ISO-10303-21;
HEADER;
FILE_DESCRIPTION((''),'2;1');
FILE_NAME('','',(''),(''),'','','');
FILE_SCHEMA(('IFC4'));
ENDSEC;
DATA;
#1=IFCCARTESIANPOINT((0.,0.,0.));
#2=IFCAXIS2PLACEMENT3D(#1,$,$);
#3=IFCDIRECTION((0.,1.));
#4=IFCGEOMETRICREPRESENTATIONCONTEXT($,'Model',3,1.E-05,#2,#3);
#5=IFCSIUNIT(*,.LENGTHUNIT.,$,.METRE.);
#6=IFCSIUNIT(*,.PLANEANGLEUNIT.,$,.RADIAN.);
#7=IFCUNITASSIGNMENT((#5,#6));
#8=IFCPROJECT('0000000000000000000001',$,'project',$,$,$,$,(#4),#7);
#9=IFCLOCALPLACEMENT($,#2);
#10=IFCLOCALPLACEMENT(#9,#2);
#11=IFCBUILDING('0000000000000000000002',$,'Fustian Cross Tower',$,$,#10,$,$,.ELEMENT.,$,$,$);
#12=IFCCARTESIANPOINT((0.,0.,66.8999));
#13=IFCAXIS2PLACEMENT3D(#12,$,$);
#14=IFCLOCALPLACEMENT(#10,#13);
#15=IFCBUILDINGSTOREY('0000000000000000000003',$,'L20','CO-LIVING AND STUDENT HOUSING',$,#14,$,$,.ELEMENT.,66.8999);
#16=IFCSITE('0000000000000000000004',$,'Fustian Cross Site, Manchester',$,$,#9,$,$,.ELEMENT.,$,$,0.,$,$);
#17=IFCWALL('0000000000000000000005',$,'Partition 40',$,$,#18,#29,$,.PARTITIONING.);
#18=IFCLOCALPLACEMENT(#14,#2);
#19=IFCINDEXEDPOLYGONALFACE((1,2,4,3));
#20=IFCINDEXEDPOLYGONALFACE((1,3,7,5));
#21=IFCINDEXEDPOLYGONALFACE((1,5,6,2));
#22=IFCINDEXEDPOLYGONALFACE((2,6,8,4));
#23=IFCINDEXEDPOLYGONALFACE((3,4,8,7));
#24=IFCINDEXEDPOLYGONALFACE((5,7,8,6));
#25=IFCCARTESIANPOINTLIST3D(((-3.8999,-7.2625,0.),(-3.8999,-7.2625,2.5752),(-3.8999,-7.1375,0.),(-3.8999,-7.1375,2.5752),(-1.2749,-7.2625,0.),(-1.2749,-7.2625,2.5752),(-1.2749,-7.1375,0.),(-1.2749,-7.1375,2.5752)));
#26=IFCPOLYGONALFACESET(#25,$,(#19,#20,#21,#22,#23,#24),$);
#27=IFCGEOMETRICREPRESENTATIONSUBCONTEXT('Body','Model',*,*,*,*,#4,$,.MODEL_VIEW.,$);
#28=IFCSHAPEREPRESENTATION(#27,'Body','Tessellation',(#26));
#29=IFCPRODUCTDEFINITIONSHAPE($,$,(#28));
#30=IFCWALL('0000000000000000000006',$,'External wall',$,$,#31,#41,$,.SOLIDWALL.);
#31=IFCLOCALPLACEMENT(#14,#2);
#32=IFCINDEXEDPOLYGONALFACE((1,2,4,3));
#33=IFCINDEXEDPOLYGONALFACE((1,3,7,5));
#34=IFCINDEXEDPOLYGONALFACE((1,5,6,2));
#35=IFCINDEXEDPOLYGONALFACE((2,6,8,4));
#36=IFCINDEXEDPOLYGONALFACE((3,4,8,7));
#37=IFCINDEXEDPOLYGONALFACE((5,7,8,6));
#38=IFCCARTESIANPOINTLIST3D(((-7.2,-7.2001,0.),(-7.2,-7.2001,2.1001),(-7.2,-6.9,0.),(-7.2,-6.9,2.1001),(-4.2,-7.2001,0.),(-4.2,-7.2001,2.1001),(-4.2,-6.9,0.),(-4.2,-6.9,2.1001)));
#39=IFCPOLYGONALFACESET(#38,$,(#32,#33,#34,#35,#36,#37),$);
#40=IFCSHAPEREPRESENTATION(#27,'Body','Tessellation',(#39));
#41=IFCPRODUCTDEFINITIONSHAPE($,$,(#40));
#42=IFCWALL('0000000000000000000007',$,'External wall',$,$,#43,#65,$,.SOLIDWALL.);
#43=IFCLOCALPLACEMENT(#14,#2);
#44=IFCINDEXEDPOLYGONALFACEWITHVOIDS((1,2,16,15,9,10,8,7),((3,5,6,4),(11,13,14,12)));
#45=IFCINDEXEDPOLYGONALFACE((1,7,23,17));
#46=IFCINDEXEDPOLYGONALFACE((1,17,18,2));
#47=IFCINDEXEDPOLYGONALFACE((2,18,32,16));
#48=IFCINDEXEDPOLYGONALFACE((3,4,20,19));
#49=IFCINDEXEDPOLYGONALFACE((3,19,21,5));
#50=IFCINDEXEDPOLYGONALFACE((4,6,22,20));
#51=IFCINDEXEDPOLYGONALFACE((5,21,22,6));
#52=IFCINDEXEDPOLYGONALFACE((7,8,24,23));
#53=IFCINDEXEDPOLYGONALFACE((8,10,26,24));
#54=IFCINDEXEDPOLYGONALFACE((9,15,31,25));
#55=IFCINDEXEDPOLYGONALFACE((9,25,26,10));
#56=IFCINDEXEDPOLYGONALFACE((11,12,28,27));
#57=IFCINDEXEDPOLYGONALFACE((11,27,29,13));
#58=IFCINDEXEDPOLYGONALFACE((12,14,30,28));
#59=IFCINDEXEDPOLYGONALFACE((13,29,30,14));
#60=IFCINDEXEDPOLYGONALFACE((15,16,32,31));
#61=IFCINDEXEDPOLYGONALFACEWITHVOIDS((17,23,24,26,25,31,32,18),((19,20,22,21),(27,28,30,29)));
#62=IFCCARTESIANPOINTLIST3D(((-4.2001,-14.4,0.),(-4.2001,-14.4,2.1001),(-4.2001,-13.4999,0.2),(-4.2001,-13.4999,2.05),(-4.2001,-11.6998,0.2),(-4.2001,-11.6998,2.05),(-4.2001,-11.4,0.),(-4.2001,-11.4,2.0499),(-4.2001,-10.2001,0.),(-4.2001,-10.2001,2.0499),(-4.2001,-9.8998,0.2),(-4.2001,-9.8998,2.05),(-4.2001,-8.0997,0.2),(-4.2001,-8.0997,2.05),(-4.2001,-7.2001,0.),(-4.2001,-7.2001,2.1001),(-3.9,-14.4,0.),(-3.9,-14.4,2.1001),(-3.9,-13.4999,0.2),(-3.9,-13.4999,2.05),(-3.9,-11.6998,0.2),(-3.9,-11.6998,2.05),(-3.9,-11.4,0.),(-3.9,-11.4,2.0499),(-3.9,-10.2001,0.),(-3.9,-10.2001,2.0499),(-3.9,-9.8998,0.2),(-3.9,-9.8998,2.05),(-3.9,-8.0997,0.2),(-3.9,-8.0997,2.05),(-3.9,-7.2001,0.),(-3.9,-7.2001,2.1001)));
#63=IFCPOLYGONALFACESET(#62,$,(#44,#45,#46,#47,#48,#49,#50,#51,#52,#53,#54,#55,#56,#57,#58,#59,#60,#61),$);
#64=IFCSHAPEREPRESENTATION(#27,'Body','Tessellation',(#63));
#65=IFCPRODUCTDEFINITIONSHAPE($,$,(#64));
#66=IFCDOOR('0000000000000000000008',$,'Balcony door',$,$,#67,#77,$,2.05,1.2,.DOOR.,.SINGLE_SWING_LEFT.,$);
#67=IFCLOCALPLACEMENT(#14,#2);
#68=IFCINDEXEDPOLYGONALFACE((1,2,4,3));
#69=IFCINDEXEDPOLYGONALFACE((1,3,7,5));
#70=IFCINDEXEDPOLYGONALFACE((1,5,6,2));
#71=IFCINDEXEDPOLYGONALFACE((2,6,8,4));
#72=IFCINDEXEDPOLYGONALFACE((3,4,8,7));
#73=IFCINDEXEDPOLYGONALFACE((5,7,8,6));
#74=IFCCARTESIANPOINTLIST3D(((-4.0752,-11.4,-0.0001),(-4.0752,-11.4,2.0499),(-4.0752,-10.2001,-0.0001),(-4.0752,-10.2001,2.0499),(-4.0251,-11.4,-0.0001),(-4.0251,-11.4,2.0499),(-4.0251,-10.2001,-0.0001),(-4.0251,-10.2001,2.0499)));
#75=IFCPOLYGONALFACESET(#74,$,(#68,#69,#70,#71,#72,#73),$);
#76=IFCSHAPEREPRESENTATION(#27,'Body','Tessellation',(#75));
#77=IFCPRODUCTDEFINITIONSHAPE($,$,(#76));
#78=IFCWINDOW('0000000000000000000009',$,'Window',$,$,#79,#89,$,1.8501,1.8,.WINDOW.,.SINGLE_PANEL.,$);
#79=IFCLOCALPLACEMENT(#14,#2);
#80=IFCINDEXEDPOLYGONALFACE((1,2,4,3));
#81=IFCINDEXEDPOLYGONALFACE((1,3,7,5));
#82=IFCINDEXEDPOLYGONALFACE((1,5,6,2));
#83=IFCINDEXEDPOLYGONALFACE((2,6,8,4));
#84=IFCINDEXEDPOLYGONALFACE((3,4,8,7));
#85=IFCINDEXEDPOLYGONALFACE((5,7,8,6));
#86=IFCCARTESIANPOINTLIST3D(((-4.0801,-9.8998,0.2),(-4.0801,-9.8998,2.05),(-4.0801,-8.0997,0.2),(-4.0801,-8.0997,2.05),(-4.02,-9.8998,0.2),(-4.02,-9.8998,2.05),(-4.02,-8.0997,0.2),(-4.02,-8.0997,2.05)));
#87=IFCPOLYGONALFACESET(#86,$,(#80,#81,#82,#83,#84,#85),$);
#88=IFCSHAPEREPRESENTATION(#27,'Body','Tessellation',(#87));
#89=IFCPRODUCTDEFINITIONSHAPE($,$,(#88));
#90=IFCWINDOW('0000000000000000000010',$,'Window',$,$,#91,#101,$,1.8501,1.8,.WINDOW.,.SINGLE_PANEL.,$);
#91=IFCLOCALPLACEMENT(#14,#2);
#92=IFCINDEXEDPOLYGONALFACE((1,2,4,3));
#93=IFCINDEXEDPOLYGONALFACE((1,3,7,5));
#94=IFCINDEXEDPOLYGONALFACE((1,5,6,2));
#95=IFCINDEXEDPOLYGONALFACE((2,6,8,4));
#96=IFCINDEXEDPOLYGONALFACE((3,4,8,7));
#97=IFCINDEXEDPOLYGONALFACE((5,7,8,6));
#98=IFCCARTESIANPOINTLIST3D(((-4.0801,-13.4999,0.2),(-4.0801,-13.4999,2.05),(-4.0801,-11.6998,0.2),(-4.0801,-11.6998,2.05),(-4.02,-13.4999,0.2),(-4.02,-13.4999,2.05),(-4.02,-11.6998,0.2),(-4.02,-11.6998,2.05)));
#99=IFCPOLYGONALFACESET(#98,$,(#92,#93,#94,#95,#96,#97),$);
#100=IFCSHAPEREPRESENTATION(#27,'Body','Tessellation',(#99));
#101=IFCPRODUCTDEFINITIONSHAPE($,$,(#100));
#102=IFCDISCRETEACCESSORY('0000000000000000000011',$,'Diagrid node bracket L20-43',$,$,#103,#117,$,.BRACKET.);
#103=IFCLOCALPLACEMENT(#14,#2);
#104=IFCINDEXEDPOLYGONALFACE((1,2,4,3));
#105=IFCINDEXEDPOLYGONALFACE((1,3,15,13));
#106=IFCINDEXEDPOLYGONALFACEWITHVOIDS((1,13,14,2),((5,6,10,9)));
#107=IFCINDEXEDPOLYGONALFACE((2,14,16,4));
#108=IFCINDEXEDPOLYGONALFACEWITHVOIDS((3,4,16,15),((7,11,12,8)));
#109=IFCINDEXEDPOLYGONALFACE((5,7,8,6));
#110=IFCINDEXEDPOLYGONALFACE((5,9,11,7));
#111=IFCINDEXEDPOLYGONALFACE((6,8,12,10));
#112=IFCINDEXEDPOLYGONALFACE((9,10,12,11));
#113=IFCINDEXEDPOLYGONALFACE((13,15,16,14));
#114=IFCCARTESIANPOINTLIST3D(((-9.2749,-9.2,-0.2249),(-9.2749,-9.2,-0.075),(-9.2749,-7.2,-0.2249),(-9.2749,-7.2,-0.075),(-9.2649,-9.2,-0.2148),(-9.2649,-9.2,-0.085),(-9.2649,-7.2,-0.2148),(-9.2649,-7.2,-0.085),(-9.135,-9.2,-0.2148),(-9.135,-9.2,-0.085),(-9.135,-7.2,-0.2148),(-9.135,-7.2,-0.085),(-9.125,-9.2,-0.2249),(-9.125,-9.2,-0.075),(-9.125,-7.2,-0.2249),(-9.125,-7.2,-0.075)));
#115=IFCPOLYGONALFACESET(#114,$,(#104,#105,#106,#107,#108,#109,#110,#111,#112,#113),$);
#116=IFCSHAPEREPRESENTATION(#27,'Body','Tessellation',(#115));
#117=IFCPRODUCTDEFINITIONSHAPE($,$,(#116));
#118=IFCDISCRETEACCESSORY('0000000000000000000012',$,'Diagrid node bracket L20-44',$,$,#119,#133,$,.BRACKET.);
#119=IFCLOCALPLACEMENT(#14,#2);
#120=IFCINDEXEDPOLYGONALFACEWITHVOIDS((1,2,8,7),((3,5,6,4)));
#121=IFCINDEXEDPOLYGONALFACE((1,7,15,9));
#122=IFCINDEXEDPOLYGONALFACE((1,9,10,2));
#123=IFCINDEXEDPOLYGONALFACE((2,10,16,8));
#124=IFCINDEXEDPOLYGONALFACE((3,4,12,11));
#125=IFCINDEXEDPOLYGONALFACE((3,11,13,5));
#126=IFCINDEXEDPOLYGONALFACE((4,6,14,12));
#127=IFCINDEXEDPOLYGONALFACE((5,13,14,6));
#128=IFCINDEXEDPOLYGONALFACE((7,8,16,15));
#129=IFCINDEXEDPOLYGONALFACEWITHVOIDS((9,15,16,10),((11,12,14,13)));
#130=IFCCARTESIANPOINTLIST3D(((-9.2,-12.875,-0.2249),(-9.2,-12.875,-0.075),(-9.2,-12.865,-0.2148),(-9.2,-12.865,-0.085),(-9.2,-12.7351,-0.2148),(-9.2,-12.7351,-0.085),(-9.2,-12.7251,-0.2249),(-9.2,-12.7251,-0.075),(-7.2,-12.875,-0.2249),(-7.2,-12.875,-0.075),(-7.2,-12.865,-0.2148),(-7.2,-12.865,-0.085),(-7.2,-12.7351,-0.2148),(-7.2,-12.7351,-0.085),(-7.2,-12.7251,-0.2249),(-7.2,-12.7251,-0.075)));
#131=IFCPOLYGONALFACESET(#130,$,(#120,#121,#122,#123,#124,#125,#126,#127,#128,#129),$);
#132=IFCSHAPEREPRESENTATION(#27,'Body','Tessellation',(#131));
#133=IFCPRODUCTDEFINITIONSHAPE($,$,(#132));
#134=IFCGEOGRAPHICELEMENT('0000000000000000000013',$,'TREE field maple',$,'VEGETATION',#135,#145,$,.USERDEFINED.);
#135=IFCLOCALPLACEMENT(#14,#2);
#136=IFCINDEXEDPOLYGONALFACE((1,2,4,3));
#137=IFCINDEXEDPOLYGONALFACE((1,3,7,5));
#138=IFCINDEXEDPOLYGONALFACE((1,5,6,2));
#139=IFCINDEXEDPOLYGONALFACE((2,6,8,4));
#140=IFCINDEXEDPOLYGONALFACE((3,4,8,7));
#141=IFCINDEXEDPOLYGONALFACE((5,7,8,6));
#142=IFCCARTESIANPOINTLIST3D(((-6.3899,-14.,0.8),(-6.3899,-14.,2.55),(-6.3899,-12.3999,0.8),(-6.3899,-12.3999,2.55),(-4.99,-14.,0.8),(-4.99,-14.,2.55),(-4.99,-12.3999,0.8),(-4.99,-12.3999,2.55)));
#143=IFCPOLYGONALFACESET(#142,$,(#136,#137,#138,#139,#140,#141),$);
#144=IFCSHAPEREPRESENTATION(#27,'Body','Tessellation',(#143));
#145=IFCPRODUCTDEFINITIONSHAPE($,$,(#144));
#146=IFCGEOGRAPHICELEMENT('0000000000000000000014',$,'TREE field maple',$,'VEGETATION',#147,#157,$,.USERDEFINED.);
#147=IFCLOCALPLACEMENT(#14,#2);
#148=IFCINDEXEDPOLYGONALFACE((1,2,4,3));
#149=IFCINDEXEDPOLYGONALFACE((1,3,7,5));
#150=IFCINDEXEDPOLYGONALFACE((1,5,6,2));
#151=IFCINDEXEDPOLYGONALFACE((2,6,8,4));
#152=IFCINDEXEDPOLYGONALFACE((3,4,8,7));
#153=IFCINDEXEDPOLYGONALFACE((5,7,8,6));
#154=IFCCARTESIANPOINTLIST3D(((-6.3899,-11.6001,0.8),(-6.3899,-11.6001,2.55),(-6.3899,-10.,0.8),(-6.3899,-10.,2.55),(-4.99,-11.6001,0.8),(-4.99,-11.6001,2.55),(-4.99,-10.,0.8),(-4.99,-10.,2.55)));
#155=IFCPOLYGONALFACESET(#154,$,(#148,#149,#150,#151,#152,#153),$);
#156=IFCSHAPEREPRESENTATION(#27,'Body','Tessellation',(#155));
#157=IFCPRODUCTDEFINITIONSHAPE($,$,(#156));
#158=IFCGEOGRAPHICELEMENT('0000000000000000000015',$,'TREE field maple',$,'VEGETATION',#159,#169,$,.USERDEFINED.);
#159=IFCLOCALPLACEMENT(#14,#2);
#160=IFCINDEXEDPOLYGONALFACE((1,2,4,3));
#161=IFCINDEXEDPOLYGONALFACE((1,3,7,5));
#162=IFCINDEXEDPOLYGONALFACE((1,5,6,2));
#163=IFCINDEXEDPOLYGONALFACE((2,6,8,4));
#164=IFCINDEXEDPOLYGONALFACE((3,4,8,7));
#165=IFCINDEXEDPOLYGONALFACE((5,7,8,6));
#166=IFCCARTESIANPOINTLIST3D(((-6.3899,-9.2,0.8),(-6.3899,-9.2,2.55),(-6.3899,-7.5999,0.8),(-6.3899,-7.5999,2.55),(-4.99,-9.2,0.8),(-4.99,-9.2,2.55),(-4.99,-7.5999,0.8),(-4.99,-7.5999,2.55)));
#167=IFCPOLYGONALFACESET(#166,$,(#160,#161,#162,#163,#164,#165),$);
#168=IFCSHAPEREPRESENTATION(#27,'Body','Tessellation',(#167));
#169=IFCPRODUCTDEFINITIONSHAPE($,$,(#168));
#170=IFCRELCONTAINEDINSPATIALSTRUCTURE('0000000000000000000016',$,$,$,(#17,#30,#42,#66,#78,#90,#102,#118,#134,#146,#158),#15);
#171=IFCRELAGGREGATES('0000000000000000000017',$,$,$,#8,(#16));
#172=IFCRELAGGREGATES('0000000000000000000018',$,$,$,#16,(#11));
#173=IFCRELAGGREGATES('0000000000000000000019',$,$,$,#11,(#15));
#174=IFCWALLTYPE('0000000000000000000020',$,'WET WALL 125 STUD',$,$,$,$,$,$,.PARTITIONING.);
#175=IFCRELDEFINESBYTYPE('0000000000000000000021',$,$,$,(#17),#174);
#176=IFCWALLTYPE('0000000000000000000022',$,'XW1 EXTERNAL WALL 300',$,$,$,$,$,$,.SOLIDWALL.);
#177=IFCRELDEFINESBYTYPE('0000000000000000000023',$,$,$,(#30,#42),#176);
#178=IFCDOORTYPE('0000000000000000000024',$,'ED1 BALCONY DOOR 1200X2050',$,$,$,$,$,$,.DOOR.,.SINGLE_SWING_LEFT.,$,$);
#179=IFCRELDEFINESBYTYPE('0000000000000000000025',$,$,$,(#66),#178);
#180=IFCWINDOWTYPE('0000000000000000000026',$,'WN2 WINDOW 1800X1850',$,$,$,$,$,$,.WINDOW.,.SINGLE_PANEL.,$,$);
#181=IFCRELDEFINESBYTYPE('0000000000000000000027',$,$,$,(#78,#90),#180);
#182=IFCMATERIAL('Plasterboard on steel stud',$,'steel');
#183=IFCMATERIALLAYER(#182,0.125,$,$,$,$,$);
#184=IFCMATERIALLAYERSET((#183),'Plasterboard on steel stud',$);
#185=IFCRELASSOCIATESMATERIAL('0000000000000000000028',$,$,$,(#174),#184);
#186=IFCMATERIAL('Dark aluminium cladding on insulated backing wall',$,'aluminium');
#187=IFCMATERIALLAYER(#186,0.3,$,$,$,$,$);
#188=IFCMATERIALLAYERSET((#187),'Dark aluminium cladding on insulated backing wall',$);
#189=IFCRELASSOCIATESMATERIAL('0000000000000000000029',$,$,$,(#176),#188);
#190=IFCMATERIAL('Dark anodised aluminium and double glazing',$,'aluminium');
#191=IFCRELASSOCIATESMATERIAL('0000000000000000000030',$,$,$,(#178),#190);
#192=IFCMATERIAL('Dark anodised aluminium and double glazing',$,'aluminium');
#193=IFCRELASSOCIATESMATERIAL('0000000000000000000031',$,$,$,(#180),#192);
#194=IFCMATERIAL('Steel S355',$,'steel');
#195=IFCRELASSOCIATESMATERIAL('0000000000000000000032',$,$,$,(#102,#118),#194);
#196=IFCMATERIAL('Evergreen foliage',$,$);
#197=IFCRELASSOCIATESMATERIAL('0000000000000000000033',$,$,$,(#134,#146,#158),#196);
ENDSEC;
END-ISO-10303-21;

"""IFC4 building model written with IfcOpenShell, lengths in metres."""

from ifc_helpers import new_model, si_unit, direction, frame, frame_2d, origin, origin_2d, place, context, subcontext, project, spatial, rectangle, hollow_rectangle, extrude, material, layer, layer_set, type_object, element, fill, save


model = new_model("IFC4")

# Units and contexts
model_context = context("Model", 3, precision=1e-05, world=origin(), true_north=direction((0.0, 1.0)))
body_context = subcontext(model_context, "Body", "Model", "MODEL_VIEW")
ifc_project = project(units=[si_unit("LENGTHUNIT", "METRE"), si_unit("PLANEANGLEUNIT", "RADIAN")], contexts=[model_context])

# Site, building, storey
site_placement = place(None, origin())
site = spatial("IfcSite", under=ifc_project, at=site_placement, Name="Fustian Cross Site, Manchester", CompositionType="ELEMENT", RefElevation=0.0)
building_placement = place(site_placement, origin())
building = spatial("IfcBuilding", under=site, at=building_placement, Name="Fustian Cross Tower", CompositionType="ELEMENT")
storey_placement = place(building_placement, frame((0.0, 0.0, 66.8999)))
storey = spatial("IfcBuildingStorey", under=building, at=storey_placement, Name="L20", Description="CO-LIVING AND STUDENT HOUSING", CompositionType="ELEMENT", Elevation=66.8999)

# Walls
ifc_material_1 = material(Name="Plasterboard on steel stud", Category="steel")
ifc_layer_1 = layer(ifc_material_1, 0.125)
ifc_layer_set_1 = layer_set([ifc_layer_1], Name="Plasterboard on steel stud")
wall_type_1 = type_object("IfcWallType", Name="WET WALL 125 STUD", PredefinedType="PARTITIONING", material=ifc_layer_set_1)
wall_1_placement = place(storey_placement, frame((-3.8999, -7.2, 0.0), z_axis=(0.0, 0.0, 1.0), x_axis=(1.0, 0.0, 0.0)))
element("IfcWall", 1, at=wall_1_placement, inside=storey, type_object=wall_type_1, Name="Partition 40", PredefinedType="PARTITIONING", context=body_context, shape_type="SweptSolid", body=[
    extrude(rectangle(XDim=2.625, YDim=0.125, at=frame_2d((1.3125, 0.0))), origin(), (0.0, 0.0, 1.0), 2.5752),
])
ifc_material_2 = material(Name="Dark aluminium cladding on insulated backing wall", Category="aluminium")
ifc_layer_2 = layer(ifc_material_2, 0.3)
ifc_layer_set_2 = layer_set([ifc_layer_2], Name="Dark aluminium cladding on insulated backing wall")
wall_type_2 = type_object("IfcWallType", Name="XW1 EXTERNAL WALL 300", PredefinedType="SOLIDWALL", material=ifc_layer_set_2)
wall_2_placement = place(storey_placement, frame((-7.2, -7.05, 0.0), z_axis=(0.0, 0.0, 1.0), x_axis=(1.0, 0.0, 0.0)))
element("IfcWall", 2, at=wall_2_placement, inside=storey, type_object=wall_type_2, Name="External wall", PredefinedType="SOLIDWALL", context=body_context, shape_type="SweptSolid", body=[
    extrude(rectangle(XDim=3.0, YDim=0.3, at=frame_2d((1.5, 0.0))), origin(), (0.0, 0.0, 1.0), 2.1001),
])

# Wall, openings, door, windows
wall_3_placement = place(storey_placement, frame((-4.05, -7.2, 0.0), z_axis=(0.0, 0.0, 1.0), x_axis=(0.0, -1.0, 0.0)))
wall_3 = element("IfcWall", 3, at=wall_3_placement, inside=storey, type_object=wall_type_2, Name="External wall", PredefinedType="SOLIDWALL", context=body_context, shape_type="SweptSolid", body=[
    extrude(rectangle(XDim=7.2, YDim=0.3, at=frame_2d((3.6001, 0.0))), origin(), (0.0, 0.0, 1.0), 2.1001),
])
opening_1_placement = place(wall_3_placement, frame((3.0, 0.0, 0.0)))
opening_1 = element("IfcOpeningElement", 4, at=opening_1_placement, cuts=wall_3, PredefinedType="OPENING", context=body_context, shape_type="SweptSolid", body=[
    extrude(rectangle(XDim=1.2, YDim=2.05, at=frame_2d((0.6001, 1.0249))), frame((0.0, 0.1599, 0.0), z_axis=(0.0, -1.0, 0.0), x_axis=(1.0, 0.0, 0.0)), (0.0, 0.0, 1.0), 0.3201),
])
opening_2_placement = place(wall_3_placement, frame((0.8999, 0.0, 0.2)))
opening_2 = element("IfcOpeningElement", 5, at=opening_2_placement, cuts=wall_3, PredefinedType="OPENING", context=body_context, shape_type="SweptSolid", body=[
    extrude(rectangle(XDim=1.8, YDim=1.8501, at=frame_2d((0.8999, 0.925))), frame((0.0, 0.1599, 0.0), z_axis=(0.0, -1.0, 0.0), x_axis=(1.0, 0.0, 0.0)), (0.0, 0.0, 1.0), 0.3201),
])
opening_3_placement = place(wall_3_placement, frame((4.5, 0.0, 0.2)))
opening_3 = element("IfcOpeningElement", 6, at=opening_3_placement, cuts=wall_3, PredefinedType="OPENING", context=body_context, shape_type="SweptSolid", body=[
    extrude(rectangle(XDim=1.8, YDim=1.8501, at=frame_2d((0.8999, 0.925))), frame((0.0, 0.1599, 0.0), z_axis=(0.0, -1.0, 0.0), x_axis=(1.0, 0.0, 0.0)), (0.0, 0.0, 1.0), 0.3201),
])
ifc_material_3 = material(Name="Dark anodised aluminium and double glazing", Category="aluminium")
door_type_1 = type_object("IfcDoorType", Name="ED1 BALCONY DOOR 1200X2050", OperationType="SINGLE_SWING_LEFT", PredefinedType="DOOR", material=ifc_material_3)
door_1_placement = place(opening_1_placement, origin())
door_1 = element("IfcDoor", 7, at=door_1_placement, inside=storey, type_object=door_type_1, Name="Balcony door", OperationType="SINGLE_SWING_LEFT", OverallHeight=2.05, OverallWidth=1.2, PredefinedType="DOOR", context=body_context, shape_type="SweptSolid", body=[
    extrude(rectangle(XDim=1.2, YDim=2.05, at=frame_2d((0.6001, 1.0249))), frame((0.0, 0.0249, 0.0), z_axis=(0.0, -1.0, 0.0), x_axis=(1.0, 0.0, 0.0)), (0.0, 0.0, 1.0), 0.05),
])
fill(opening_1, door_1)
ifc_material_4 = material(Name="Dark anodised aluminium and double glazing", Category="aluminium")
window_type = type_object("IfcWindowType", Name="WN2 WINDOW 1800X1850", PartitioningType="SINGLE_PANEL", PredefinedType="WINDOW", material=ifc_material_4)
window_1_placement = place(opening_2_placement, origin())
window_1 = element("IfcWindow", 8, at=window_1_placement, inside=storey, type_object=window_type, Name="Window", OverallHeight=1.8501, OverallWidth=1.8, PartitioningType="SINGLE_PANEL", PredefinedType="WINDOW", context=body_context, shape_type="SweptSolid", body=[
    extrude(rectangle(XDim=1.8, YDim=1.8501, at=frame_2d((0.8999, 0.925))), frame((0.0, 0.03, 0.0), z_axis=(0.0, -1.0, 0.0), x_axis=(1.0, 0.0, 0.0)), (0.0, 0.0, 1.0), 0.0601),
])
fill(opening_2, window_1)
window_2_placement = place(opening_3_placement, origin())
window_2 = element("IfcWindow", 9, at=window_2_placement, inside=storey, type_object=window_type, Name="Window", OverallHeight=1.8501, OverallWidth=1.8, PartitioningType="SINGLE_PANEL", PredefinedType="WINDOW", context=body_context, shape_type="SweptSolid", body=[
    extrude(rectangle(XDim=1.8, YDim=1.8501, at=frame_2d((0.8999, 0.925))), frame((0.0, 0.03, 0.0), z_axis=(0.0, -1.0, 0.0), x_axis=(1.0, 0.0, 0.0)), (0.0, 0.0, 1.0), 0.0601),
])
fill(opening_3, window_2)

# Discrete accessories
ifc_material_5 = material(Name="Steel S355", Category="steel")
for number, where, z_axis, x_axis, name in (
    (10, (-9.2, -9.2, -0.1499), (0.0, 1.0, 0.0), (-1.0, 0.0, 0.0), "Diagrid node bracket L20-43"),
    (11, (-9.2, -12.8, -0.1499), (1.0, 0.0, 0.0), (0.0, 1.0, 0.0), "Diagrid node bracket L20-44"),
):
    element("IfcDiscreteAccessory", number, at=place(storey_placement, frame(where, z_axis=z_axis, x_axis=x_axis)), inside=storey, material=ifc_material_5, Name=name, PredefinedType="BRACKET", context=body_context, shape_type="SweptSolid", body=[
        extrude(hollow_rectangle(XDim=0.1499, YDim=0.1499, WallThickness=0.01, at=origin_2d()), origin(), (0.0, 0.0, 1.0), 2.0),
    ])

# Geographic elements
ifc_material_6 = material(Name="Evergreen foliage")
for number, where, z_axis, x_axis, name in (
    (12, (-5.6899, -13.2, 0.8), (0.0, 0.0, 1.0), (1.0, 0.0, 0.0), "TREE field maple"),
    (13, (-5.6899, -10.8, 0.8), (0.0, 0.0, 1.0), (1.0, 0.0, 0.0), "TREE field maple"),
    (14, (-5.6899, -8.3999, 0.8), (0.0, 0.0, 1.0), (1.0, 0.0, 0.0), "TREE field maple"),
):
    element("IfcGeographicElement", number, at=place(storey_placement, frame(where, z_axis=z_axis, x_axis=x_axis)), inside=storey, material=ifc_material_6, Name=name, ObjectType="VEGETATION", PredefinedType="USERDEFINED", context=body_context, shape_type="SweptSolid", body=[
        extrude(rectangle(XDim=1.3999, YDim=1.6001, at=origin_2d()), origin(), (0.0, 0.0, 1.0), 1.75),
    ])

save(model, "model.ifc")
